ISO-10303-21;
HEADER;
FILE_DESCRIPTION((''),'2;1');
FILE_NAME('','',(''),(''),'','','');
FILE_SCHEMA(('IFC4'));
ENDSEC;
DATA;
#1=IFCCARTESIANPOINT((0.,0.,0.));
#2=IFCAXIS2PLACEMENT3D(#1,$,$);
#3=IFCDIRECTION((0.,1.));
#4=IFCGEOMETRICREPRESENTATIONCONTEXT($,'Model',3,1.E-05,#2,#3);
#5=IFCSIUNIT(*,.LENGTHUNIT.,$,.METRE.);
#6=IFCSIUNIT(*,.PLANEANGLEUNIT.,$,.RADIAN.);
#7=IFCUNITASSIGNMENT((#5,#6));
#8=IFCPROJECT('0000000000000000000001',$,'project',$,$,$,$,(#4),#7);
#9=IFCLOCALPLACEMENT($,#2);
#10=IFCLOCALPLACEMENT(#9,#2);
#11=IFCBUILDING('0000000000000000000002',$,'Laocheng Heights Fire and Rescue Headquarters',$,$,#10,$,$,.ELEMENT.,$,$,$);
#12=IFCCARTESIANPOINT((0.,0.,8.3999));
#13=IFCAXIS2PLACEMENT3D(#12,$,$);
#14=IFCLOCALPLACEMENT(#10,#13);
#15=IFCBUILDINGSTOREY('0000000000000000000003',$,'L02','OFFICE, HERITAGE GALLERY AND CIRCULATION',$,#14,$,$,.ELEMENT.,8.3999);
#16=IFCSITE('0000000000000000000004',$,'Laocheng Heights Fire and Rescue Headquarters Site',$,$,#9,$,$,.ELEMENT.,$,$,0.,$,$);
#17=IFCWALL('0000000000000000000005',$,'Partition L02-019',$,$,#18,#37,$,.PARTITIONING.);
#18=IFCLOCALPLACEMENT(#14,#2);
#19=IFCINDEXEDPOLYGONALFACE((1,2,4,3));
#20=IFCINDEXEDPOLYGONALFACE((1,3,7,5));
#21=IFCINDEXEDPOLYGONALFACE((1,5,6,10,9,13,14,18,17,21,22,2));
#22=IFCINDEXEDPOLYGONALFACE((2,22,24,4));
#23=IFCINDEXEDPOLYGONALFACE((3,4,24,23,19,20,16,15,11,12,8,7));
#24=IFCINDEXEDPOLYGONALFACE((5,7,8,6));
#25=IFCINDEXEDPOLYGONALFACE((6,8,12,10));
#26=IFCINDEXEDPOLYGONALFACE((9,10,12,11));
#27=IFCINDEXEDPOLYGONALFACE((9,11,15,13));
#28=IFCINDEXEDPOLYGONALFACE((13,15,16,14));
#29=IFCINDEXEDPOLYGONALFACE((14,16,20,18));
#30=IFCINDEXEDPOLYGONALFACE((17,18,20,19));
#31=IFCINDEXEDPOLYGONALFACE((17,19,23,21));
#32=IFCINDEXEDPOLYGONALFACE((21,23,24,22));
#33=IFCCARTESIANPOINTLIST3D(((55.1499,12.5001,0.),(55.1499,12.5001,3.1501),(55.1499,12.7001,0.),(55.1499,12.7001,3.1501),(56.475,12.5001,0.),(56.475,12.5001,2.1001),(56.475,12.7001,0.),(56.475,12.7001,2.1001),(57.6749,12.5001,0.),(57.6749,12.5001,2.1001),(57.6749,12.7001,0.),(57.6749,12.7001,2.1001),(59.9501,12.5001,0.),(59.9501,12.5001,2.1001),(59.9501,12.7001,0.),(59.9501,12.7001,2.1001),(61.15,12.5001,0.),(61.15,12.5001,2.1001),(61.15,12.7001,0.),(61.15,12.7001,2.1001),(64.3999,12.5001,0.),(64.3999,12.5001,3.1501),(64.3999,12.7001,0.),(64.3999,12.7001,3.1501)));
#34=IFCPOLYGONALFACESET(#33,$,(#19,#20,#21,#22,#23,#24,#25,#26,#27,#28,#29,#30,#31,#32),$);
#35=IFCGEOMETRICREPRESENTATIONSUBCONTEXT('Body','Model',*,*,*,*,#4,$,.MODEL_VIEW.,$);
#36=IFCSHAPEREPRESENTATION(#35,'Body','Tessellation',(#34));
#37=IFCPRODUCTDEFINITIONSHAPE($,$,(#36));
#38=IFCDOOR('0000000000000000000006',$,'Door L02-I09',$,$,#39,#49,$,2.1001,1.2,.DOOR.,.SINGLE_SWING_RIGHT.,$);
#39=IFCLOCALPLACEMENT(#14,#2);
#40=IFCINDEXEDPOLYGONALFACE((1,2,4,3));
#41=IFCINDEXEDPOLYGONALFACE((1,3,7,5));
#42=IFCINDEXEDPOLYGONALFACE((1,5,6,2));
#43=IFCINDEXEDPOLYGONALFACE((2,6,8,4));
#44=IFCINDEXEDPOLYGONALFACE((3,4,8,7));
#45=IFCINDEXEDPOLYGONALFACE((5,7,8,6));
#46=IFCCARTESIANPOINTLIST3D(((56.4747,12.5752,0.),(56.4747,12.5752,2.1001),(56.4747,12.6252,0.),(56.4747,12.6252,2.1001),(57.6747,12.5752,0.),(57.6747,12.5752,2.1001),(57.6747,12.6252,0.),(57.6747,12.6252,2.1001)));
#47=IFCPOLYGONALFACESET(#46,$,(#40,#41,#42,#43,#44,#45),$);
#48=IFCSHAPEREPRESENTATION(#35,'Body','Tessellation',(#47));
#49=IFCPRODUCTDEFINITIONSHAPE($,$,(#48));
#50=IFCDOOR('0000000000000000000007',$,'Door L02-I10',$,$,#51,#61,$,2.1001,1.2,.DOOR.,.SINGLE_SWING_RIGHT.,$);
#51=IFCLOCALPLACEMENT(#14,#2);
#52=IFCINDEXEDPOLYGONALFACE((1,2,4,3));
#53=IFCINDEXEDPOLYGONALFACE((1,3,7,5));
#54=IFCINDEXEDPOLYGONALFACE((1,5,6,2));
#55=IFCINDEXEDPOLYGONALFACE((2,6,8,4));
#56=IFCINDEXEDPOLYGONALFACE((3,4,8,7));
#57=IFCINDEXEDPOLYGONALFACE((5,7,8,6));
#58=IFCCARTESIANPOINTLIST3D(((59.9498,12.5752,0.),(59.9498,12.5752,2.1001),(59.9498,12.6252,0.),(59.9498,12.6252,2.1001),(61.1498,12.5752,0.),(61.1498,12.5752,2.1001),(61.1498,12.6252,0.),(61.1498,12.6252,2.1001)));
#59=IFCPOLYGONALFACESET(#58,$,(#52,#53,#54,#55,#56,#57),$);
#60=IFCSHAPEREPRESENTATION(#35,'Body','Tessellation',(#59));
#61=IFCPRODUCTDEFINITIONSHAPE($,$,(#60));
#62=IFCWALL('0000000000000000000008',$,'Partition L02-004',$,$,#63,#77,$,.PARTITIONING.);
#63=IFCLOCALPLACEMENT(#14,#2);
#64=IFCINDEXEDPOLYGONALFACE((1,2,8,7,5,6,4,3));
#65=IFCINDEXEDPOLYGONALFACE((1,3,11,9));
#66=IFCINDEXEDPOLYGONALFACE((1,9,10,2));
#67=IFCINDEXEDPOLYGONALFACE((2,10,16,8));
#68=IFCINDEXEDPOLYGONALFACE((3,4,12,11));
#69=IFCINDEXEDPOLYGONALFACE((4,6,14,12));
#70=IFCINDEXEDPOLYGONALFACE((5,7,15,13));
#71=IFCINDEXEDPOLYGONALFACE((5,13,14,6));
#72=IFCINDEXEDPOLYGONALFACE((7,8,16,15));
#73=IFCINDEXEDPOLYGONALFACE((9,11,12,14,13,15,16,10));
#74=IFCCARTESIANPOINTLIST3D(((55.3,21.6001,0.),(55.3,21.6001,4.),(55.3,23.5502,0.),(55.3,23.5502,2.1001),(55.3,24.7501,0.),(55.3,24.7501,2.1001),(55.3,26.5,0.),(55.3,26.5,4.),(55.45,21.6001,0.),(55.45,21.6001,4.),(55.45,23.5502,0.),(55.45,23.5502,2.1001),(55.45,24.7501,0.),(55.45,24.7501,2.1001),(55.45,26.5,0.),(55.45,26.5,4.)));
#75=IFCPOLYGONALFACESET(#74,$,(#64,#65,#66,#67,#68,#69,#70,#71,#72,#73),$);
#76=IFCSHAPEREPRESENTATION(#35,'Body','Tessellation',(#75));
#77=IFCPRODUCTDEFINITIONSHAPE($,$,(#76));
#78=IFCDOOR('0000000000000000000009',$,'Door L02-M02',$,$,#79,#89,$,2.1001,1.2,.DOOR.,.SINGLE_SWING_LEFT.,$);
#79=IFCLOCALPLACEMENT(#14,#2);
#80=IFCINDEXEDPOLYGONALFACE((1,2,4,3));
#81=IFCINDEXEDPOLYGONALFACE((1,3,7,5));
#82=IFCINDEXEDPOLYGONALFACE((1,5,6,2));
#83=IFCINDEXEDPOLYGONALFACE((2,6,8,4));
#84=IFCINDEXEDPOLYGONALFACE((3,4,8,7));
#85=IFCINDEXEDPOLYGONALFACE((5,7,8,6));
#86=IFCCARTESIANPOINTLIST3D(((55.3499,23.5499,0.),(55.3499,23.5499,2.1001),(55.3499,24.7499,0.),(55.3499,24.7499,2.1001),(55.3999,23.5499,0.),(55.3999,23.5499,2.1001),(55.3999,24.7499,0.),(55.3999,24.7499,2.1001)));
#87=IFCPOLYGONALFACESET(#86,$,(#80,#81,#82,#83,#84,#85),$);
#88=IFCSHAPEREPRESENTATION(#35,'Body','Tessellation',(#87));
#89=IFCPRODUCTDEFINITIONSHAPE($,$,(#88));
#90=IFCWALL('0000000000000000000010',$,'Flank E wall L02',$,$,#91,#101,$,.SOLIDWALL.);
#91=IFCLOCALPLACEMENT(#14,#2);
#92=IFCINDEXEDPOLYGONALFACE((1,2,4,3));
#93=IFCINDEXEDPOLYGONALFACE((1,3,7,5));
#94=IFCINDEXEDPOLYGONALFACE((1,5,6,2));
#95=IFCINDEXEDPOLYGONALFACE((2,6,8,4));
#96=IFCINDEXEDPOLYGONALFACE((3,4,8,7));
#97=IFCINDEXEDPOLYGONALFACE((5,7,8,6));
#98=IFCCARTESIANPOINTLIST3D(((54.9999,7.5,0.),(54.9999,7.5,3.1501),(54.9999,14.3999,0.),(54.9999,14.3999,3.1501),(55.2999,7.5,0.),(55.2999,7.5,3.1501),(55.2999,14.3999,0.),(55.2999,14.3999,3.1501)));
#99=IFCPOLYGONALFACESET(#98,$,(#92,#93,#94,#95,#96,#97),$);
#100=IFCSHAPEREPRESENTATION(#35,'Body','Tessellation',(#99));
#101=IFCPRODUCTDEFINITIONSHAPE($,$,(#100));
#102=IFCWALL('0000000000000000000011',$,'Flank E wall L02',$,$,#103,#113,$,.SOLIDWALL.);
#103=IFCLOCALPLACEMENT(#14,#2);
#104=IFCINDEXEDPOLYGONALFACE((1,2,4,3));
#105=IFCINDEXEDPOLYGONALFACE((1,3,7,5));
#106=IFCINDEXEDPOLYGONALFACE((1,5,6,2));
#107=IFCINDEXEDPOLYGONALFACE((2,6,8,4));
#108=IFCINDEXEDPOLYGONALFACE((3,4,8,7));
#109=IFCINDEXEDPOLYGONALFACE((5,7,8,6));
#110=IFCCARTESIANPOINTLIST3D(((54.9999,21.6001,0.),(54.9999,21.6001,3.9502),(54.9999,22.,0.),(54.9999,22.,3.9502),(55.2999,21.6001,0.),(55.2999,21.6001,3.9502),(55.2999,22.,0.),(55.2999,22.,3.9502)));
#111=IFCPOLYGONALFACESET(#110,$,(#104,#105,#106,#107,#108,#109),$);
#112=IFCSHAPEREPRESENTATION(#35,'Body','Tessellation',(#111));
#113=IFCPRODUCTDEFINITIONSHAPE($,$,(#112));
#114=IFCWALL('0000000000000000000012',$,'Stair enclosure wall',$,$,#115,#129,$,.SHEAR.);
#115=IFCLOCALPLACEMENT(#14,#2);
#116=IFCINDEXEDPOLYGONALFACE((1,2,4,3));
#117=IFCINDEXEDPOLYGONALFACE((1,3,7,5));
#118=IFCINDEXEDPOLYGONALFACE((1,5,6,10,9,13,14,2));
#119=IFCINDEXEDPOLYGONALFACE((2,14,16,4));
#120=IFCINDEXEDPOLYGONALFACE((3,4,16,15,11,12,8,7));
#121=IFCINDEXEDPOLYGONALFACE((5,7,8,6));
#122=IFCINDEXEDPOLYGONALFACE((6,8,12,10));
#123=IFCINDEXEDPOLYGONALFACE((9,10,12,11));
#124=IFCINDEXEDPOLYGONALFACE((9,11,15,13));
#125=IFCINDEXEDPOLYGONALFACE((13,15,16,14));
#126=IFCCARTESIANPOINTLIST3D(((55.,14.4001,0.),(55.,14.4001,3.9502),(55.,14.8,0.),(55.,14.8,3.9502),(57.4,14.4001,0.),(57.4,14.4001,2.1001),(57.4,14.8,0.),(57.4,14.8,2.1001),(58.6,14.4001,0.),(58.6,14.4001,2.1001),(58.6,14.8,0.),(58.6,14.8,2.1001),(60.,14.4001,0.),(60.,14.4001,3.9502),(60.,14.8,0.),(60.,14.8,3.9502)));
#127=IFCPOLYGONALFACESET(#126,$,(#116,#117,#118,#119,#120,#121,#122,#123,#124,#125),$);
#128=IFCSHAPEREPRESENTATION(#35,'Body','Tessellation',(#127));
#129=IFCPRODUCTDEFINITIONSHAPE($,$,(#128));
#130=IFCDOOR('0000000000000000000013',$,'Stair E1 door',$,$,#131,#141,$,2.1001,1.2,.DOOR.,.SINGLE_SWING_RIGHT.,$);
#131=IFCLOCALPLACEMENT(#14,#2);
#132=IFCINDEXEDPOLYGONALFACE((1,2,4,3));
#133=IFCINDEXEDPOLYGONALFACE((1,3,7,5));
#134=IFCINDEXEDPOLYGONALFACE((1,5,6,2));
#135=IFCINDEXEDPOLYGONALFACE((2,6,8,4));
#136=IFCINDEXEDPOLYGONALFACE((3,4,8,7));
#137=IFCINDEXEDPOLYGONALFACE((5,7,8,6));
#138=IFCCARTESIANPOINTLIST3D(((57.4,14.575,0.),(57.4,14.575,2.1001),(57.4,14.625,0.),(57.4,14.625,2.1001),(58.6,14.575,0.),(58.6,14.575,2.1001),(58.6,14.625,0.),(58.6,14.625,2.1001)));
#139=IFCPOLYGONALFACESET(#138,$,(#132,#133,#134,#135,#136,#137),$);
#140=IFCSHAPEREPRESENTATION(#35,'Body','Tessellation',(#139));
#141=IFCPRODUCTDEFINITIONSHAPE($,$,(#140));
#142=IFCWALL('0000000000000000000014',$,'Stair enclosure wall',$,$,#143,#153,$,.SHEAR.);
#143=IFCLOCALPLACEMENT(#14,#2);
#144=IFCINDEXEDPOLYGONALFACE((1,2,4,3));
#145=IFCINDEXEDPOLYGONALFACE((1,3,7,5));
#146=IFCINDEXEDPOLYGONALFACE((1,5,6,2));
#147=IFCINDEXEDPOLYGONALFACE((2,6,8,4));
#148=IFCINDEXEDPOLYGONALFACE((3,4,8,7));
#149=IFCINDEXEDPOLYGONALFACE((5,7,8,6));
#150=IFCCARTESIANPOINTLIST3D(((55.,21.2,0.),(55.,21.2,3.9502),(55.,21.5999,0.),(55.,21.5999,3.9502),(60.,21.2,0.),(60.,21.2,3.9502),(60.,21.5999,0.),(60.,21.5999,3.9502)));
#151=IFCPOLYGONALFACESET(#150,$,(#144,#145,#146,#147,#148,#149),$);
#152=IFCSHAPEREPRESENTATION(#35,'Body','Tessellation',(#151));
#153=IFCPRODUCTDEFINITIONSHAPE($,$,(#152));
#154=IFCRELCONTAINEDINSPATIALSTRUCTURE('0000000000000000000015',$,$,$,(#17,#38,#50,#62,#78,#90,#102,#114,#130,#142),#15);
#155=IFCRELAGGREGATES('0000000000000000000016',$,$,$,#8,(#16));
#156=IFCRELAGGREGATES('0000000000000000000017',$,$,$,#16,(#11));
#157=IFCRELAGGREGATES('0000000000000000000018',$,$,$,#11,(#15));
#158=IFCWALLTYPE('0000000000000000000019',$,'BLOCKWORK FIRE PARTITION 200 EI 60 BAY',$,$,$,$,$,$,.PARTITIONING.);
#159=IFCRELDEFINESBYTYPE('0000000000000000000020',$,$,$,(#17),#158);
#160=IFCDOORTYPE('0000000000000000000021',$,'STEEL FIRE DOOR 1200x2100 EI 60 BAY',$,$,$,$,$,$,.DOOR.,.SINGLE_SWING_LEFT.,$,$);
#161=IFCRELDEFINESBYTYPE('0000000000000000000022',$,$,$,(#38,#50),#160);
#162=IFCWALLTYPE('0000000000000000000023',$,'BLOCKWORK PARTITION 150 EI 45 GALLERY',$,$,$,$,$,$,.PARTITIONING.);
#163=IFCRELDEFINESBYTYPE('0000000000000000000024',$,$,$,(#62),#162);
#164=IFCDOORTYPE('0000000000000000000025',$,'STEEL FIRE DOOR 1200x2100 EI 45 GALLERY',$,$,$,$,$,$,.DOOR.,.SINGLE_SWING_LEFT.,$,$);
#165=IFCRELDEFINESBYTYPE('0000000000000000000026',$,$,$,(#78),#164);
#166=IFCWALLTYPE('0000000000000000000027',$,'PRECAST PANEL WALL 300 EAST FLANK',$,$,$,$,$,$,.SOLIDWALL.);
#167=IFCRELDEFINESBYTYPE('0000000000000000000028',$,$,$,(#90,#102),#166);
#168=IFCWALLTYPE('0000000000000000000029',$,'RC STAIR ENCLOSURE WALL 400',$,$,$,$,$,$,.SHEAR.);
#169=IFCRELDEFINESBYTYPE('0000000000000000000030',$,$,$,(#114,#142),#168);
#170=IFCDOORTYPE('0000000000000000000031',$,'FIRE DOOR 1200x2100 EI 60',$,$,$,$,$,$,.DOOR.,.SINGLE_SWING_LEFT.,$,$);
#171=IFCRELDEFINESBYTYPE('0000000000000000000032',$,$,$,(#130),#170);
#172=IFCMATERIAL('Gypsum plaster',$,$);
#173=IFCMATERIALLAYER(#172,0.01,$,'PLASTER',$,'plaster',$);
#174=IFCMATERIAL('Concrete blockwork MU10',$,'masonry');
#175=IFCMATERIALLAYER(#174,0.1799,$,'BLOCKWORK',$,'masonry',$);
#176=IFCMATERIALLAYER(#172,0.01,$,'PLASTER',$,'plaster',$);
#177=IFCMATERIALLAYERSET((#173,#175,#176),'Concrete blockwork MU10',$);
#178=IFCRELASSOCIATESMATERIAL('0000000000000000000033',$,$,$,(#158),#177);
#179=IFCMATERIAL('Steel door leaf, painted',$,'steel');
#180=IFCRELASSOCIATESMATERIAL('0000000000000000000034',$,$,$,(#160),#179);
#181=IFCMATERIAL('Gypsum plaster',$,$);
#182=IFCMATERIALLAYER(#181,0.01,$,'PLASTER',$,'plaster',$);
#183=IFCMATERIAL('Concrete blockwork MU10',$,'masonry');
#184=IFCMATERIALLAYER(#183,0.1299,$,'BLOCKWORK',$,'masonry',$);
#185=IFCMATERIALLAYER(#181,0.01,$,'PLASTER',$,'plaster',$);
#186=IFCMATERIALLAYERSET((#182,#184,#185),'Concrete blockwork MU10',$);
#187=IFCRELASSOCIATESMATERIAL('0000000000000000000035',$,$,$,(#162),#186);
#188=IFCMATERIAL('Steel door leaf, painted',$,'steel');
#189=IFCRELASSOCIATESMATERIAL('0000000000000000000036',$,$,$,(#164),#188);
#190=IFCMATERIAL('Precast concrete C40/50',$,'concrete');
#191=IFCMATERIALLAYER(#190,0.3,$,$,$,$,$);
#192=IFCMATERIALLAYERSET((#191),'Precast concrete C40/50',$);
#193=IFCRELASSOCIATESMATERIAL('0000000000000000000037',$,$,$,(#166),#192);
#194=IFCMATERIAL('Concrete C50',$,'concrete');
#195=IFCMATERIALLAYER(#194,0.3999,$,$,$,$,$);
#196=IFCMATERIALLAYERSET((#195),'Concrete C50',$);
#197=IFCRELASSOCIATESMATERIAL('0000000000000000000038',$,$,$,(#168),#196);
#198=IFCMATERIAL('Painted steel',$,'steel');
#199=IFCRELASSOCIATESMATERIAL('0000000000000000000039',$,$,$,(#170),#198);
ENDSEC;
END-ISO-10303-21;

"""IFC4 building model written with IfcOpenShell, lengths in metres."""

from ifc_helpers import new_model, si_unit, direction, frame, frame_2d, origin, place, context, subcontext, project, spatial, rectangle, extrude, material, layer, layer_set, type_object, element, fill, save


model = new_model("IFC4")

# Units and contexts
model_context = context("Model", 3, precision=1e-05, world=origin(), true_north=direction((0.0, 1.0)))
body_context = subcontext(model_context, "Body", "Model", "MODEL_VIEW")
ifc_project = project(units=[si_unit("LENGTHUNIT", "METRE"), si_unit("PLANEANGLEUNIT", "RADIAN")], contexts=[model_context])

# Site, building, storey
site_placement = place(None, origin())
site = spatial("IfcSite", under=ifc_project, at=site_placement, Name="Laocheng Heights Fire and Rescue Headquarters Site", CompositionType="ELEMENT", RefElevation=0.0)
building_placement = place(site_placement, origin())
building = spatial("IfcBuilding", under=site, at=building_placement, Name="Laocheng Heights Fire and Rescue Headquarters", CompositionType="ELEMENT")
storey_placement = place(building_placement, frame((0.0, 0.0, 8.3999)))
storey = spatial("IfcBuildingStorey", under=building, at=storey_placement, Name="L02", Description="OFFICE, HERITAGE GALLERY AND CIRCULATION", CompositionType="ELEMENT", Elevation=8.3999)

# Wall, openings, doors
ifc_material_1 = material(Name="Gypsum plaster")
ifc_layer_1 = layer(ifc_material_1, 0.01, Name="PLASTER", Category="plaster")
ifc_material_2 = material(Name="Concrete blockwork MU10", Category="masonry")
ifc_layer_2 = layer(ifc_material_2, 0.1799, Name="BLOCKWORK", Category="masonry")
ifc_layer_3 = layer(ifc_material_1, 0.01, Name="PLASTER", Category="plaster")
ifc_layer_set_1 = layer_set([ifc_layer_1, ifc_layer_2, ifc_layer_3], Name="Concrete blockwork MU10")
wall_type_1 = type_object("IfcWallType", Name="BLOCKWORK FIRE PARTITION 200 EI 60 BAY", PredefinedType="PARTITIONING", material=ifc_layer_set_1)
wall_1_placement = place(storey_placement, frame((55.1499, 12.6001, 0.0), z_axis=(0.0, 0.0, 1.0), x_axis=(1.0, 0.0, 0.0)))
wall_1 = element("IfcWall", 1, at=wall_1_placement, inside=storey, type_object=wall_type_1, Name="Partition L02-019", PredefinedType="PARTITIONING", context=body_context, shape_type="SweptSolid", body=[
    extrude(rectangle(XDim=9.25, YDim=0.2, at=frame_2d((4.625, 0.0))), origin(), (0.0, 0.0, 1.0), 3.1501),
])
opening_1_placement = place(wall_1_placement, frame((1.325, 0.0, 0.0)))
opening_1 = element("IfcOpeningElement", 2, at=opening_1_placement, cuts=wall_1, PredefinedType="OPENING", context=body_context, shape_type="SweptSolid", body=[
    extrude(rectangle(XDim=1.2, YDim=2.1001, at=frame_2d((0.6001, 1.05))), frame((0.0, 0.1099, 0.0), z_axis=(0.0, -1.0, 0.0), x_axis=(1.0, 0.0, 0.0)), (0.0, 0.0, 1.0), 0.22),
])
opening_2_placement = place(wall_1_placement, frame((4.8, 0.0, 0.0)))
opening_2 = element("IfcOpeningElement", 3, at=opening_2_placement, cuts=wall_1, PredefinedType="OPENING", context=body_context, shape_type="SweptSolid", body=[
    extrude(rectangle(XDim=1.2, YDim=2.1001, at=frame_2d((0.6001, 1.05))), frame((0.0, 0.1099, 0.0), z_axis=(0.0, -1.0, 0.0), x_axis=(1.0, 0.0, 0.0)), (0.0, 0.0, 1.0), 0.22),
])
ifc_material_3 = material(Name="Steel door leaf, painted", Category="steel")
door_type_1 = type_object("IfcDoorType", Name="STEEL FIRE DOOR 1200x2100 EI 60 BAY", OperationType="SINGLE_SWING_LEFT", PredefinedType="DOOR", material=ifc_material_3)
door_1_placement = place(opening_1_placement, frame((1.2, 0.0, 0.0), z_axis=(0.0, 0.0, 1.0), x_axis=(-1.0, 0.0, 0.0)))
door_1 = element("IfcDoor", 4, at=door_1_placement, inside=storey, type_object=door_type_1, Name="Door L02-I09", OperationType="SINGLE_SWING_RIGHT", OverallHeight=2.1001, OverallWidth=1.2, PredefinedType="DOOR", context=body_context, shape_type="SweptSolid", body=[
    extrude(rectangle(XDim=1.2, YDim=2.1001, at=frame_2d((0.6001, 1.05))), frame((0.0, 0.0249, 0.0), z_axis=(0.0, -1.0, 0.0), x_axis=(1.0, 0.0, 0.0)), (0.0, 0.0, 1.0), 0.05),
])
fill(opening_1, door_1)
door_2_placement = place(opening_2_placement, frame((1.2, 0.0, 0.0), z_axis=(0.0, 0.0, 1.0), x_axis=(-1.0, 0.0, 0.0)))
door_2 = element("IfcDoor", 5, at=door_2_placement, inside=storey, type_object=door_type_1, Name="Door L02-I10", OperationType="SINGLE_SWING_RIGHT", OverallHeight=2.1001, OverallWidth=1.2, PredefinedType="DOOR", context=body_context, shape_type="SweptSolid", body=[
    extrude(rectangle(XDim=1.2, YDim=2.1001, at=frame_2d((0.6001, 1.05))), frame((0.0, 0.0249, 0.0), z_axis=(0.0, -1.0, 0.0), x_axis=(1.0, 0.0, 0.0)), (0.0, 0.0, 1.0), 0.05),
])
fill(opening_2, door_2)

# Wall, opening, door
ifc_material_4 = material(Name="Gypsum plaster")
ifc_layer_4 = layer(ifc_material_4, 0.01, Name="PLASTER", Category="plaster")
ifc_material_5 = material(Name="Concrete blockwork MU10", Category="masonry")
ifc_layer_5 = layer(ifc_material_5, 0.1299, Name="BLOCKWORK", Category="masonry")
ifc_layer_6 = layer(ifc_material_4, 0.01, Name="PLASTER", Category="plaster")
ifc_layer_set_2 = layer_set([ifc_layer_4, ifc_layer_5, ifc_layer_6], Name="Concrete blockwork MU10")
wall_type_2 = type_object("IfcWallType", Name="BLOCKWORK PARTITION 150 EI 45 GALLERY", PredefinedType="PARTITIONING", material=ifc_layer_set_2)
wall_2_placement = place(storey_placement, frame((55.375, 21.6001, 0.0), z_axis=(0.0, 0.0, 1.0), x_axis=(0.0, 1.0, 0.0)))
wall_2 = element("IfcWall", 6, at=wall_2_placement, inside=storey, type_object=wall_type_2, Name="Partition L02-004", PredefinedType="PARTITIONING", context=body_context, shape_type="SweptSolid", body=[
    extrude(rectangle(XDim=4.8999, YDim=0.1499, at=frame_2d((2.45, 0.0))), origin(), (0.0, 0.0, 1.0), 4.0),
])
opening_3_placement = place(wall_2_placement, frame((1.95, 0.0, 0.0)))
opening_3 = element("IfcOpeningElement", 7, at=opening_3_placement, cuts=wall_2, PredefinedType="OPENING", context=body_context, shape_type="SweptSolid", body=[
    extrude(rectangle(XDim=1.2, YDim=2.1001, at=frame_2d((0.6001, 1.05))), frame((0.0, 0.085, 0.0), z_axis=(0.0, -1.0, 0.0), x_axis=(1.0, 0.0, 0.0)), (0.0, 0.0, 1.0), 0.1699),
])
ifc_material_6 = material(Name="Steel door leaf, painted", Category="steel")
door_type_2 = type_object("IfcDoorType", Name="STEEL FIRE DOOR 1200x2100 EI 45 GALLERY", OperationType="SINGLE_SWING_LEFT", PredefinedType="DOOR", material=ifc_material_6)
door_3_placement = place(opening_3_placement, frame((1.2, 0.0, 0.0), z_axis=(0.0, 0.0, 1.0), x_axis=(-1.0, 0.0, 0.0)))
door_3 = element("IfcDoor", 8, at=door_3_placement, inside=storey, type_object=door_type_2, Name="Door L02-M02", OperationType="SINGLE_SWING_LEFT", OverallHeight=2.1001, OverallWidth=1.2, PredefinedType="DOOR", context=body_context, shape_type="SweptSolid", body=[
    extrude(rectangle(XDim=1.2, YDim=2.1001, at=frame_2d((0.6001, 1.05))), frame((0.0, 0.0249, 0.0), z_axis=(0.0, -1.0, 0.0), x_axis=(1.0, 0.0, 0.0)), (0.0, 0.0, 1.0), 0.05),
])
fill(opening_3, door_3)

# Walls
ifc_material_7 = material(Name="Precast concrete C40/50", Category="concrete")
ifc_layer_7 = layer(ifc_material_7, 0.3)
ifc_layer_set_3 = layer_set([ifc_layer_7], Name="Precast concrete C40/50")
wall_type_3 = type_object("IfcWallType", Name="PRECAST PANEL WALL 300 EAST FLANK", PredefinedType="SOLIDWALL", material=ifc_layer_set_3)
wall_3_placement = place(storey_placement, frame((55.1499, 7.5, 0.0), z_axis=(0.0, 0.0, 1.0), x_axis=(0.0, 1.0, 0.0)))
element("IfcWall", 9, at=wall_3_placement, inside=storey, type_object=wall_type_3, Name="Flank E wall L02", PredefinedType="SOLIDWALL", context=body_context, shape_type="SweptSolid", body=[
    extrude(rectangle(XDim=6.8999, YDim=0.3, at=frame_2d((3.45, 0.0))), origin(), (0.0, 0.0, 1.0), 3.1501),
])
wall_4_placement = place(storey_placement, frame((55.1499, 21.6001, 0.0), z_axis=(0.0, 0.0, 1.0), x_axis=(0.0, 1.0, 0.0)))
element("IfcWall", 10, at=wall_4_placement, inside=storey, type_object=wall_type_3, Name="Flank E wall L02", PredefinedType="SOLIDWALL", context=body_context, shape_type="SweptSolid", body=[
    extrude(rectangle(XDim=0.3999, YDim=0.3, at=frame_2d((0.2, 0.0))), origin(), (0.0, 0.0, 1.0), 3.9502),
])

# Wall, opening, door
ifc_material_8 = material(Name="Concrete C50", Category="concrete")
ifc_layer_8 = layer(ifc_material_8, 0.3999)
ifc_layer_set_4 = layer_set([ifc_layer_8], Name="Concrete C50")
wall_type_4 = type_object("IfcWallType", Name="RC STAIR ENCLOSURE WALL 400", PredefinedType="SHEAR", material=ifc_layer_set_4)
wall_5_placement = place(storey_placement, frame((55.0, 14.6001, 0.0), z_axis=(0.0, 0.0, 1.0), x_axis=(1.0, 0.0, 0.0)))
wall_5 = element("IfcWall", 11, at=wall_5_placement, inside=storey, type_object=wall_type_4, Name="Stair enclosure wall", PredefinedType="SHEAR", context=body_context, shape_type="SweptSolid", body=[
    extrude(rectangle(XDim=5.0, YDim=0.3999, at=frame_2d((2.5, 0.0))), origin(), (0.0, 0.0, 1.0), 3.9502),
])
opening_4_placement = place(wall_5_placement, frame((2.3999, 0.0, 0.0)))
opening_4 = element("IfcOpeningElement", 12, at=opening_4_placement, cuts=wall_5, PredefinedType="OPENING", context=body_context, shape_type="SweptSolid", body=[
    extrude(rectangle(XDim=1.2, YDim=2.1001, at=frame_2d((0.6001, 1.05))), frame((0.0, 0.21, 0.0), z_axis=(0.0, -1.0, 0.0), x_axis=(1.0, 0.0, 0.0)), (0.0, 0.0, 1.0), 0.4199),
])
ifc_material_9 = material(Name="Painted steel", Category="steel")
door_type_3 = type_object("IfcDoorType", Name="FIRE DOOR 1200x2100 EI 60", OperationType="SINGLE_SWING_LEFT", PredefinedType="DOOR", material=ifc_material_9)
door_4_placement = place(opening_4_placement, origin())
door_4 = element("IfcDoor", 13, at=door_4_placement, inside=storey, type_object=door_type_3, Name="Stair E1 door", OperationType="SINGLE_SWING_RIGHT", OverallHeight=2.1001, OverallWidth=1.2, PredefinedType="DOOR", context=body_context, shape_type="SweptSolid", body=[
    extrude(rectangle(XDim=1.2, YDim=2.1001, at=frame_2d((0.6001, 1.05))), frame((0.0, 0.0249, 0.0), z_axis=(0.0, -1.0, 0.0), x_axis=(1.0, 0.0, 0.0)), (0.0, 0.0, 1.0), 0.05),
])
fill(opening_4, door_4)

# Wall
wall_6_placement = place(storey_placement, frame((55.0, 21.3999, 0.0), z_axis=(0.0, 0.0, 1.0), x_axis=(1.0, 0.0, 0.0)))
element("IfcWall", 14, at=wall_6_placement, inside=storey, type_object=wall_type_4, Name="Stair enclosure wall", PredefinedType="SHEAR", context=body_context, shape_type="SweptSolid", body=[
    extrude(rectangle(XDim=5.0, YDim=0.3999, at=frame_2d((2.5, 0.0))), origin(), (0.0, 0.0, 1.0), 3.9502),
])

save(model, "model.ifc")
